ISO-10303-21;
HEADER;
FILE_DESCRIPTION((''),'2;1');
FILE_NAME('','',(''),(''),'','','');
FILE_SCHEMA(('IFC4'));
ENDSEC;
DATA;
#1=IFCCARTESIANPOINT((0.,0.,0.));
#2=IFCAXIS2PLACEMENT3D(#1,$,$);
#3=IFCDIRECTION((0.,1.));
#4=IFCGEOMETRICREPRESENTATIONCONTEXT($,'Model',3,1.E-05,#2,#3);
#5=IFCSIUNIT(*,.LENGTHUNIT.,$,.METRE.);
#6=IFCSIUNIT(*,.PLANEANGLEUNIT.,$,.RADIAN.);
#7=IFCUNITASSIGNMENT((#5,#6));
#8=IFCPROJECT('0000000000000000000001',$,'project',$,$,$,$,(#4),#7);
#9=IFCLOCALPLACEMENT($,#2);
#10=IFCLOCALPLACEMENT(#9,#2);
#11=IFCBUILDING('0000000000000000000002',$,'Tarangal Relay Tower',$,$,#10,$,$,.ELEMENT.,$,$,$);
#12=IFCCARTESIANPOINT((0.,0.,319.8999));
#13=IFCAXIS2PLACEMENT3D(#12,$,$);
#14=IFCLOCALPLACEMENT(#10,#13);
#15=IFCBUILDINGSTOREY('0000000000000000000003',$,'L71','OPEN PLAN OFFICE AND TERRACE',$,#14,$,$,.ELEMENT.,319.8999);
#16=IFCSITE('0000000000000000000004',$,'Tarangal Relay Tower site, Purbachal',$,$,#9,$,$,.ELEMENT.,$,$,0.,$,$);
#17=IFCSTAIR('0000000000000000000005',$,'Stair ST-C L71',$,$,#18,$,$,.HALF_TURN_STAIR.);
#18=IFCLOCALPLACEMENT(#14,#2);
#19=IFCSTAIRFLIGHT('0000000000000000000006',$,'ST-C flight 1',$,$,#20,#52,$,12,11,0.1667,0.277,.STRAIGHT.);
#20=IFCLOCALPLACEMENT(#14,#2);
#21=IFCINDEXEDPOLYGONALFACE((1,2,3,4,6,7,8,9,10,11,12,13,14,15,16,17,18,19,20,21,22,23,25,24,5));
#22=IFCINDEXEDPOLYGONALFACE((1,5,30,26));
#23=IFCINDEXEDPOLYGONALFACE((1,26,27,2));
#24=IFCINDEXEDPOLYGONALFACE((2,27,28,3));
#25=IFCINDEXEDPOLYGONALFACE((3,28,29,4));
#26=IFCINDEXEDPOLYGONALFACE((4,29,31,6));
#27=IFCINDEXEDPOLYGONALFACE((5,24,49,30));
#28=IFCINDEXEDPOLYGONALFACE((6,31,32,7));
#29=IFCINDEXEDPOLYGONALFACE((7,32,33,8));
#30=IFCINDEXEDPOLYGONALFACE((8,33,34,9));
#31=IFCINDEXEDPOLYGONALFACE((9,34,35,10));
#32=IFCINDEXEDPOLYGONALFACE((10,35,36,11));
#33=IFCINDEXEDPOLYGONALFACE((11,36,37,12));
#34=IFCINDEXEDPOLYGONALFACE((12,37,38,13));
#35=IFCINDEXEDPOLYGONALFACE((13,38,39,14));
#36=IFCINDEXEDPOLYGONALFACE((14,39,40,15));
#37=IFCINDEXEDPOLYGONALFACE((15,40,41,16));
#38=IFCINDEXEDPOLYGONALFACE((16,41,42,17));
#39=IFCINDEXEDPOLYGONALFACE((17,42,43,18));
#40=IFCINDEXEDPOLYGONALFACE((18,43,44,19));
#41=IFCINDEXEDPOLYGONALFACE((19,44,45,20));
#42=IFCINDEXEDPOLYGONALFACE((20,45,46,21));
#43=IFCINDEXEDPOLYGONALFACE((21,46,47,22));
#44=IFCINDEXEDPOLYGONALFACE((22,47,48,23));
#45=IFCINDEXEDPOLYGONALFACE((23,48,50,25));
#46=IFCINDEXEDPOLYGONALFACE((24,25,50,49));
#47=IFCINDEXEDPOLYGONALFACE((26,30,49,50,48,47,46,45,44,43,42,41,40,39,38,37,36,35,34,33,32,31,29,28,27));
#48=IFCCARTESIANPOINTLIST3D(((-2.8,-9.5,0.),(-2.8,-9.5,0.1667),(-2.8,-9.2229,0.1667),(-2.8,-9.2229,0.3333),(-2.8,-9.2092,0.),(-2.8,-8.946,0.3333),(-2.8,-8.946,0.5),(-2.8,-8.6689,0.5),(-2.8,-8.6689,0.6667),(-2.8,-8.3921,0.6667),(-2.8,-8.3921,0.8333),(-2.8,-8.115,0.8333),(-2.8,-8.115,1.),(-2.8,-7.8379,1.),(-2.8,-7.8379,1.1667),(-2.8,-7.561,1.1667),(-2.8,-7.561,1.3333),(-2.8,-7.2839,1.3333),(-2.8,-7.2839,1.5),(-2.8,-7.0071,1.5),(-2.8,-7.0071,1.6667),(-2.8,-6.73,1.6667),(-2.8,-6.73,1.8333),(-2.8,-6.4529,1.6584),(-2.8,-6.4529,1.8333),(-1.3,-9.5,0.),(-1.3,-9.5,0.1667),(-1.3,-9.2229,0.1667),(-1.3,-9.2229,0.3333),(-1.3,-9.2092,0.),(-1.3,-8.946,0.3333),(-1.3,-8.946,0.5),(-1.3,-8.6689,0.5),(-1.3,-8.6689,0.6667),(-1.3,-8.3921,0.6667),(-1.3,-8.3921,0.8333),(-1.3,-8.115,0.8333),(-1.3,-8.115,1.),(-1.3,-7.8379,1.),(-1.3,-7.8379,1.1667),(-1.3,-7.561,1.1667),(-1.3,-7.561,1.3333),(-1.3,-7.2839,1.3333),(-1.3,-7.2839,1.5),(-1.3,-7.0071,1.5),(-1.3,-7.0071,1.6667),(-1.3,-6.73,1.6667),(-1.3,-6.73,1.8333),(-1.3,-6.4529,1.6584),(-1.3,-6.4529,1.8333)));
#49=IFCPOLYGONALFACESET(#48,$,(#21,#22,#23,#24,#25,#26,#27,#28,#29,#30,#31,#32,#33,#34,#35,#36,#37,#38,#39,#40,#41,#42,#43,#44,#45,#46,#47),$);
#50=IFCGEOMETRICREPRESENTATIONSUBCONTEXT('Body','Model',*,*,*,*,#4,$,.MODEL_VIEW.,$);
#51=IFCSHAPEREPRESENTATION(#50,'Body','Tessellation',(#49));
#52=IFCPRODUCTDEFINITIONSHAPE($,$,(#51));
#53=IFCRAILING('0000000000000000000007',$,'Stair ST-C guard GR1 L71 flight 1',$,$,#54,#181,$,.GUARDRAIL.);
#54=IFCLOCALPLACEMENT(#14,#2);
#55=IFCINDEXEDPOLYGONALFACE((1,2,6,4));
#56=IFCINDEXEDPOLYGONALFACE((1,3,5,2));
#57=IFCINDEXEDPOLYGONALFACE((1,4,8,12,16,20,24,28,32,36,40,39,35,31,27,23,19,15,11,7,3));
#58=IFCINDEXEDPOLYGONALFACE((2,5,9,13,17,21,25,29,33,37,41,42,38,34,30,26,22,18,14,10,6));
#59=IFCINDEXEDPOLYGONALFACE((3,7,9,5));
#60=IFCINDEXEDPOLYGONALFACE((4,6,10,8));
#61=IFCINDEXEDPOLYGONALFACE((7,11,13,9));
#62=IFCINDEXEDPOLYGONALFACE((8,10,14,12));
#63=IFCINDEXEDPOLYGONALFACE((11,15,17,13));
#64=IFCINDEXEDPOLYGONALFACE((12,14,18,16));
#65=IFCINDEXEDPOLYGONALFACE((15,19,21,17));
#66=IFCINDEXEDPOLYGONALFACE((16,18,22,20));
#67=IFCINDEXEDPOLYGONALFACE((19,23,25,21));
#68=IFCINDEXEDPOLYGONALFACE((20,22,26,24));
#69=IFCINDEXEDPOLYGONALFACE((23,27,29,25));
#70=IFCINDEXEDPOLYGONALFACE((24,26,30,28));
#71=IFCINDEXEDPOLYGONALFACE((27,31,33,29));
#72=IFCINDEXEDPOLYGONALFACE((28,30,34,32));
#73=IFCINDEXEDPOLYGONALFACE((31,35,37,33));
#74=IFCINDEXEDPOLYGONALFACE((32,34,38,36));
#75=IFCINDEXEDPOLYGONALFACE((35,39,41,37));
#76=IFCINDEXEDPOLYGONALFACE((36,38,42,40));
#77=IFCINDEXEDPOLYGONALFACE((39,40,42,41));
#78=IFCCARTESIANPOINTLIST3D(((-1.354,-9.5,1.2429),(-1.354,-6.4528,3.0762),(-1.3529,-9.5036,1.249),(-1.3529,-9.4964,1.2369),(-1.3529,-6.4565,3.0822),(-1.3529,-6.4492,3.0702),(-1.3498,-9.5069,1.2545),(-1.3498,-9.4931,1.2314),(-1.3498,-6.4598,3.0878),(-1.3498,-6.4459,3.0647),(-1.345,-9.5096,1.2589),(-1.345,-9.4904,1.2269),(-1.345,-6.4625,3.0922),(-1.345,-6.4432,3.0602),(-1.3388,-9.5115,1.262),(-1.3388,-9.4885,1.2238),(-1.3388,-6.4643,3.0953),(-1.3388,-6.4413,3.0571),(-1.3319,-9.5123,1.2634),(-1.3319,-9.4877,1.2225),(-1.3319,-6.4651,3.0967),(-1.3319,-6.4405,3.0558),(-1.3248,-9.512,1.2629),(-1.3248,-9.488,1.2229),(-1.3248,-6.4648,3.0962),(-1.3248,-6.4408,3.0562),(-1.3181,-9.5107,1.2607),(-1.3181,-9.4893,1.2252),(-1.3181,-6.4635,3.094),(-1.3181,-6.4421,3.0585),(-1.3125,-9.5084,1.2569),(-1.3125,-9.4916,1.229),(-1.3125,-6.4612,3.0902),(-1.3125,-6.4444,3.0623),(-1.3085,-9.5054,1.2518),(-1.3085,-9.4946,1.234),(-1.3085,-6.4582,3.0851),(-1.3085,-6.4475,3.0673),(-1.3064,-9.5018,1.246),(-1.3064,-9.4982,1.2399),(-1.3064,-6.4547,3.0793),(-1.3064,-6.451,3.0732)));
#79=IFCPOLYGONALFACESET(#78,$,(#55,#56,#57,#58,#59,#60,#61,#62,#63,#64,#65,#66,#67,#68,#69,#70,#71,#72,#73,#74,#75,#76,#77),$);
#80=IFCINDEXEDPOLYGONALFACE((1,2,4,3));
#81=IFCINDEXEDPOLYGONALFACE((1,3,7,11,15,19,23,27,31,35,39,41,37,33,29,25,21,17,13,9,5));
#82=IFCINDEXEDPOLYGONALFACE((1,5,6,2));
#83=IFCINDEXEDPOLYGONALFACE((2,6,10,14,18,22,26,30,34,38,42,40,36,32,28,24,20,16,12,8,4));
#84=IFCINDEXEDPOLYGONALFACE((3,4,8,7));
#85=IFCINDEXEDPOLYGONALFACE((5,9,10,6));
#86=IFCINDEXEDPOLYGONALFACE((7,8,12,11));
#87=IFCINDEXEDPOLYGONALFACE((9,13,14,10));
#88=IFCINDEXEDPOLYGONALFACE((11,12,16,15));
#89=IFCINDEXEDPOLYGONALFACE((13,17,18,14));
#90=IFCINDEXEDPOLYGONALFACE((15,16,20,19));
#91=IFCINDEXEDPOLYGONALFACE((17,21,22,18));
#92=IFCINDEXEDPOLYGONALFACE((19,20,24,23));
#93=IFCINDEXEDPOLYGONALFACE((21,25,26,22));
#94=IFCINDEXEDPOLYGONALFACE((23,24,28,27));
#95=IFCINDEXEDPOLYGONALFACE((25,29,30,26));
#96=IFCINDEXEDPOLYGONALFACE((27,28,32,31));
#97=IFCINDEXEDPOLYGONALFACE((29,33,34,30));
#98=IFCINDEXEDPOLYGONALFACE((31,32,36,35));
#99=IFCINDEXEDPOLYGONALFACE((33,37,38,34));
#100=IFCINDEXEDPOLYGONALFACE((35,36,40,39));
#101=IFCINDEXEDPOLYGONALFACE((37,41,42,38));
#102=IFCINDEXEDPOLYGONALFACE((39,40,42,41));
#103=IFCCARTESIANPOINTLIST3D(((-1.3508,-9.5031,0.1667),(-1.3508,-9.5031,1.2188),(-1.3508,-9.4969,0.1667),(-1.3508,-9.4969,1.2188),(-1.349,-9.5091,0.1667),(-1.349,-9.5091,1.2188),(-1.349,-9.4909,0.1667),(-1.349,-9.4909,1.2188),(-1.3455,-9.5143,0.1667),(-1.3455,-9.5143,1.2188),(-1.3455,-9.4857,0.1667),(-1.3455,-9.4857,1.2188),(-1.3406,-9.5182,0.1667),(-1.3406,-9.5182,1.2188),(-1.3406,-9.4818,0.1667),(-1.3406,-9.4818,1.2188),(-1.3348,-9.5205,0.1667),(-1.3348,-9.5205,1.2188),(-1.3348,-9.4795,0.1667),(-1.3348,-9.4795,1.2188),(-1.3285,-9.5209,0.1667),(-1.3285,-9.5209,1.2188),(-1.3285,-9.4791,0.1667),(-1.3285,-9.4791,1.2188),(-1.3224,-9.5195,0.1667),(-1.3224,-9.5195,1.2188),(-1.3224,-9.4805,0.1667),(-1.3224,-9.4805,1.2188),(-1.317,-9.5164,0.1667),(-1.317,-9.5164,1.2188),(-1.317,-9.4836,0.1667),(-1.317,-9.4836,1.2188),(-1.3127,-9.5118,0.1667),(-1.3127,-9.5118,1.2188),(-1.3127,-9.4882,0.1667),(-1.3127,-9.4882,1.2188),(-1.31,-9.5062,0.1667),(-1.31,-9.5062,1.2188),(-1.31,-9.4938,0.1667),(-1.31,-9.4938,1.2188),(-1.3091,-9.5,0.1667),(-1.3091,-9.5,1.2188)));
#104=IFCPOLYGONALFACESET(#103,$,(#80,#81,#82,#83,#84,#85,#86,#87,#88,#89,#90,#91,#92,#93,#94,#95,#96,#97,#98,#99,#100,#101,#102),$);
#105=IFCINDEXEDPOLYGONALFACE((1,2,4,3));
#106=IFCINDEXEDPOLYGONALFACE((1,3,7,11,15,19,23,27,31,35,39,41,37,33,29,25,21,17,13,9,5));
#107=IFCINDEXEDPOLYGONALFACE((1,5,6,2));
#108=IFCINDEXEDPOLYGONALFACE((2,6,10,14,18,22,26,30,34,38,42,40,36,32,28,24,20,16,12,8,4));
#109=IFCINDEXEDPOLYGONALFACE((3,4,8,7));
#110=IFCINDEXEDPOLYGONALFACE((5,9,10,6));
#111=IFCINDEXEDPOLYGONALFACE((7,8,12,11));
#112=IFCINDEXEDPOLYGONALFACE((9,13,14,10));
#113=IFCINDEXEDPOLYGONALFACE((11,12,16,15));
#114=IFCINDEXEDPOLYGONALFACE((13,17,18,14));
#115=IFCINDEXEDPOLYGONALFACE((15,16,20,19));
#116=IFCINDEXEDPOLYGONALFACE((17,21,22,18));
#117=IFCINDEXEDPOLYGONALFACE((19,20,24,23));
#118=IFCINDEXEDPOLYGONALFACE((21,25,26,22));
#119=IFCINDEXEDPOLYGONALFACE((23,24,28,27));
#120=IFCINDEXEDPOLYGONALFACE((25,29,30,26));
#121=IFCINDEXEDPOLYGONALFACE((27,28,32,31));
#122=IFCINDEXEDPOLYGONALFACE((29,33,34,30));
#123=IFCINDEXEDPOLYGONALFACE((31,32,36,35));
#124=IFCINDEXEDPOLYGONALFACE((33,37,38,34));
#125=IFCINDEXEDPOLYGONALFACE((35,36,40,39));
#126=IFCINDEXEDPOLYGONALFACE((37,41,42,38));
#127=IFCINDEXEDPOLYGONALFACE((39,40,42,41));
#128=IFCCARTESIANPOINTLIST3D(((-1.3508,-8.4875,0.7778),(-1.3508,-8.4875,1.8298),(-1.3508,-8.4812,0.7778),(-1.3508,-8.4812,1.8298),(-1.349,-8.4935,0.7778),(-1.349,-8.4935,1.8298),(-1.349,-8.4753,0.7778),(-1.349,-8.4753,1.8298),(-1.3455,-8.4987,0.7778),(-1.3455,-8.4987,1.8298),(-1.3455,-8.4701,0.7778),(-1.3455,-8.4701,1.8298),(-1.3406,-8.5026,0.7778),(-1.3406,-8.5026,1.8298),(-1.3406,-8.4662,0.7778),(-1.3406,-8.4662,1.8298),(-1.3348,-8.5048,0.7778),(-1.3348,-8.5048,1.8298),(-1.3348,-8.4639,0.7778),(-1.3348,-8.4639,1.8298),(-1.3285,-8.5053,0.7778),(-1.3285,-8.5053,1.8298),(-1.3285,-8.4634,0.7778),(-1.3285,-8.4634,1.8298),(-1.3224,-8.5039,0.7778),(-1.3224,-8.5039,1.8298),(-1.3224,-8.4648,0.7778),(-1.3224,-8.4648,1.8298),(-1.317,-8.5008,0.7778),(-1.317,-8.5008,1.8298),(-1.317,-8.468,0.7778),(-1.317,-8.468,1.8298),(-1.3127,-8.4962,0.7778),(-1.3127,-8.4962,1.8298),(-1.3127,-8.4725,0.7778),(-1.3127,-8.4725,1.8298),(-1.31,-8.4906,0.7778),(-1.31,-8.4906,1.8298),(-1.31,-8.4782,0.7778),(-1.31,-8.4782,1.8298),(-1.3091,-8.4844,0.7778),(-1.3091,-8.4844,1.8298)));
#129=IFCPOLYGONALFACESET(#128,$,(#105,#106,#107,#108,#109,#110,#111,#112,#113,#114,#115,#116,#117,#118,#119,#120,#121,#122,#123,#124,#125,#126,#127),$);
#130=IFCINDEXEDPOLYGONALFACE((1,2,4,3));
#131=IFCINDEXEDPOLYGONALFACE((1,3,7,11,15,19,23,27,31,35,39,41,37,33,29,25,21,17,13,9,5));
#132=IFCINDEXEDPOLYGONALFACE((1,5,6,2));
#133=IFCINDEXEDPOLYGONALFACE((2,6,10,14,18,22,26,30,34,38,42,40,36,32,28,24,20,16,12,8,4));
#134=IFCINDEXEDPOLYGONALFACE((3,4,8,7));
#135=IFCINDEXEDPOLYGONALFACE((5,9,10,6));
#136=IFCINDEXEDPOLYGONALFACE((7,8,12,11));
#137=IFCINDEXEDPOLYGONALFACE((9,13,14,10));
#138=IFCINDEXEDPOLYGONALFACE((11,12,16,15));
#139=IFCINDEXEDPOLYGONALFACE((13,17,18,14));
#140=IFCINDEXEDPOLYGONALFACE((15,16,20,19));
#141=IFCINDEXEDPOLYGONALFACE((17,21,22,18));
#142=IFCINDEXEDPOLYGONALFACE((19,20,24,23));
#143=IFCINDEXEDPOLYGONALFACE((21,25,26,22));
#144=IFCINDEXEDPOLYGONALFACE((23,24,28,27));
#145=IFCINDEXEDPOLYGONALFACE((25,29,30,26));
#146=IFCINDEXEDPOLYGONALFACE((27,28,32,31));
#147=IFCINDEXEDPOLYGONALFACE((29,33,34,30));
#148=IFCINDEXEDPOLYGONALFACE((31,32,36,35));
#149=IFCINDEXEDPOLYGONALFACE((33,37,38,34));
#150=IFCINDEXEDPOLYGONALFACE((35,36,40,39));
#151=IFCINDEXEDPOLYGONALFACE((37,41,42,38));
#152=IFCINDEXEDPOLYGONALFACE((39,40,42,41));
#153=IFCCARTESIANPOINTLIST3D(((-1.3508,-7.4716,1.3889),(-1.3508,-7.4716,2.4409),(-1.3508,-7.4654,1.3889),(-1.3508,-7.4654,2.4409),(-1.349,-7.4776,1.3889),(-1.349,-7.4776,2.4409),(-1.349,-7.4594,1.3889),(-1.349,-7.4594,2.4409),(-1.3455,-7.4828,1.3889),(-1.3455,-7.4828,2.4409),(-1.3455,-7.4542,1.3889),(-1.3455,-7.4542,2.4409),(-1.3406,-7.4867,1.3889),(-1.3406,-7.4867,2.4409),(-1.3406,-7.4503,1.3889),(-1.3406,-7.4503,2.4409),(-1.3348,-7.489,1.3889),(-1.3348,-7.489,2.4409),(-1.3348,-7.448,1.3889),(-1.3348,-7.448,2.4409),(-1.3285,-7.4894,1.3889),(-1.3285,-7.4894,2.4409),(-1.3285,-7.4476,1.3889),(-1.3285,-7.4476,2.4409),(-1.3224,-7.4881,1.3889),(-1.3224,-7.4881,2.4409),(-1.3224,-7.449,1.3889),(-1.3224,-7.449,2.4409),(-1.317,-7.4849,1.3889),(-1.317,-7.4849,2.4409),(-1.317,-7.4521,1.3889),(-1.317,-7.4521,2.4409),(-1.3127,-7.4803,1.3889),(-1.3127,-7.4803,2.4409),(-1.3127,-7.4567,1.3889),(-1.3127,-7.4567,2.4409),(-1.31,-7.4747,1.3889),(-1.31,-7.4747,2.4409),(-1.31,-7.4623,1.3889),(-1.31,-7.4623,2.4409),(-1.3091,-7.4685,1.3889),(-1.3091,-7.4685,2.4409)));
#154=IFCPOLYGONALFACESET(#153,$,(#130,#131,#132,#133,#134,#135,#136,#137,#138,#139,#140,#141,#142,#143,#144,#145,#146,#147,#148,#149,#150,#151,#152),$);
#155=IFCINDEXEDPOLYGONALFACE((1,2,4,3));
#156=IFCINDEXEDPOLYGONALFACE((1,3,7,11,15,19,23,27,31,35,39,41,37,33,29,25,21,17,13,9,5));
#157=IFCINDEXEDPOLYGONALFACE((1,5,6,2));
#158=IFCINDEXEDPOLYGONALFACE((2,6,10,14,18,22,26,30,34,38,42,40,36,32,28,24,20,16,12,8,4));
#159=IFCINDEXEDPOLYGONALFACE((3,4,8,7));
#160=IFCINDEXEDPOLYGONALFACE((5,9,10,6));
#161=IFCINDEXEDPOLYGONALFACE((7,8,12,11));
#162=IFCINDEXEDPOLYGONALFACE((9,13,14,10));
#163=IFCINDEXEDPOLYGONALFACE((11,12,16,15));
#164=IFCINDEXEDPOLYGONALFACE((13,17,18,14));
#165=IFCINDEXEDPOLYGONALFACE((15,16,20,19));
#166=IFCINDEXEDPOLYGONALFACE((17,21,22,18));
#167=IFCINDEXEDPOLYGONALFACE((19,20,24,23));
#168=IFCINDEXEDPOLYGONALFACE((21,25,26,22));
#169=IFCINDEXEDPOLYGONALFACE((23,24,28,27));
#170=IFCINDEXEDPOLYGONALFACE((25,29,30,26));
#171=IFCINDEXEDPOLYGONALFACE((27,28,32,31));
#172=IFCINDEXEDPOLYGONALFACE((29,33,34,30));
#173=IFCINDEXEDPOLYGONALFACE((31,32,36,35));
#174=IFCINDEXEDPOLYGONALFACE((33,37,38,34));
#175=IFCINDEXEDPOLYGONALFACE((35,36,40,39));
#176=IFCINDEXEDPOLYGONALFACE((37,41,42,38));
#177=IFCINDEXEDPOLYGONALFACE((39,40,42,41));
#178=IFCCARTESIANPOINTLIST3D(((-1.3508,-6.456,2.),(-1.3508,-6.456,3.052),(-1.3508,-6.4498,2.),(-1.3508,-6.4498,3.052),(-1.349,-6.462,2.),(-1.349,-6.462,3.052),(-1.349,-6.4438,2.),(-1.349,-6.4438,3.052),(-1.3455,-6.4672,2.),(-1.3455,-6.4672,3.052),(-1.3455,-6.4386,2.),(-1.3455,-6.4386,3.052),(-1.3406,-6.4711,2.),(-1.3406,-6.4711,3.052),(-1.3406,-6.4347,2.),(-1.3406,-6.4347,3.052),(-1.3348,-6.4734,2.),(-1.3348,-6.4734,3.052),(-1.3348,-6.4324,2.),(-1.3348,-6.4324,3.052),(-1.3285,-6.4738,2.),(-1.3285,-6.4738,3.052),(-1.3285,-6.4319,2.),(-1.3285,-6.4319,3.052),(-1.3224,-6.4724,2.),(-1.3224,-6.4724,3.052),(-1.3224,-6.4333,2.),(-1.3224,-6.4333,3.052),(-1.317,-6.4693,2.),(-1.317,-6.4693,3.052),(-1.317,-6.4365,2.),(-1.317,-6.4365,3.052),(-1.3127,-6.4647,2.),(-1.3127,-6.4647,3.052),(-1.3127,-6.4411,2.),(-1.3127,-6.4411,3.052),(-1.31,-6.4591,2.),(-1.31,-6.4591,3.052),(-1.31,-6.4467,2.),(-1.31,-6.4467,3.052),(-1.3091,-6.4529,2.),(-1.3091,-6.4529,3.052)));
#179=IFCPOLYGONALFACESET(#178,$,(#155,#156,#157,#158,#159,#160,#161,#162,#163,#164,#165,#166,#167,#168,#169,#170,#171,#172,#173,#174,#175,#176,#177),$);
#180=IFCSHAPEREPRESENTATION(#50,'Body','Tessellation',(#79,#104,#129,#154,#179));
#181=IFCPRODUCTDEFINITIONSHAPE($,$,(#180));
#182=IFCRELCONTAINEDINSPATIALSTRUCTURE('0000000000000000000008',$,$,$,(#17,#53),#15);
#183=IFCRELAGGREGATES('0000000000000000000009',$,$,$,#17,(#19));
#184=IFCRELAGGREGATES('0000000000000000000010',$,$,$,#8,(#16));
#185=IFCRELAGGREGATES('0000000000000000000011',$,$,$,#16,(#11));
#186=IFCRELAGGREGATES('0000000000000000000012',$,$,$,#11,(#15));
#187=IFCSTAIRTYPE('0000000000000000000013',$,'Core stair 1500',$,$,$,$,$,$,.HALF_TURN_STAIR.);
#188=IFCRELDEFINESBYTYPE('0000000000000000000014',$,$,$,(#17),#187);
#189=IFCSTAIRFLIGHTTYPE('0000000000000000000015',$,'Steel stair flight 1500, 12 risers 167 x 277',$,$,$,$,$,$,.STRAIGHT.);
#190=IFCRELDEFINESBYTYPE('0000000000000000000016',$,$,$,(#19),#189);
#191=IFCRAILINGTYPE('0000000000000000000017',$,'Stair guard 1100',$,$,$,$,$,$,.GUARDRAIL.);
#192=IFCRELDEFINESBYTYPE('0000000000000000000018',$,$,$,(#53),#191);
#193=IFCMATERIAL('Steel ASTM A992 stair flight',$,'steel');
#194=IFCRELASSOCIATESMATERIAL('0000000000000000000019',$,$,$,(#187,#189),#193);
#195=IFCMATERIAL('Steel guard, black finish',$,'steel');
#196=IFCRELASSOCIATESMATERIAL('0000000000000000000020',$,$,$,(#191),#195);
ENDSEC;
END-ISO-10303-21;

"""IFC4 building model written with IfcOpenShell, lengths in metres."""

from ifc_helpers import new_model, si_unit, direction, frame, origin, origin_2d, place, context, subcontext, project, spatial, polyline, circle, outline, extrude, material, type_object, element, aggregate, save


model = new_model("IFC4")

# Units and contexts
model_context = context("Model", 3, precision=1e-05, world=origin(), true_north=direction((0.0, 1.0)))
body_context = subcontext(model_context, "Body", "Model", "MODEL_VIEW")
ifc_project = project(units=[si_unit("LENGTHUNIT", "METRE"), si_unit("PLANEANGLEUNIT", "RADIAN")], contexts=[model_context])

# Site, building, storey
site_placement = place(None, origin())
site = spatial("IfcSite", under=ifc_project, at=site_placement, Name="Tarangal Relay Tower site, Purbachal", CompositionType="ELEMENT", RefElevation=0.0)
building_placement = place(site_placement, origin())
building = spatial("IfcBuilding", under=site, at=building_placement, Name="Tarangal Relay Tower", CompositionType="ELEMENT")
storey_placement = place(building_placement, frame((0.0, 0.0, 319.8999)))
storey = spatial("IfcBuildingStorey", under=building, at=storey_placement, Name="L71", Description="OPEN PLAN OFFICE AND TERRACE", CompositionType="ELEMENT", Elevation=319.8999)

# Stair, stair flight
ifc_material_1 = material(Name="Steel ASTM A992 stair flight", Category="steel")
stair_type = type_object("IfcStairType", Name="Core stair 1500", PredefinedType="HALF_TURN_STAIR", material=ifc_material_1)
stair_placement = place(storey_placement, origin())
stair = element("IfcStair", 1, at=stair_placement, inside=storey, type_object=stair_type, Name="Stair ST-C L71", PredefinedType="HALF_TURN_STAIR")
stair_flight_type = type_object("IfcStairFlightType", Name="Steel stair flight 1500, 12 risers 167 x 277", PredefinedType="STRAIGHT", material=ifc_material_1)
stair_flight_placement = place(storey_placement, frame((-2.05, -9.5, 0.0), z_axis=(0.0, 0.0, 1.0), x_axis=(0.0, 1.0, 0.0)))
stair_flight = element("IfcStairFlight", 2, at=stair_flight_placement, type_object=stair_flight_type, Name="ST-C flight 1", NumberOfRisers=12, NumberOfTreads=11, PredefinedType="STRAIGHT", RiserHeight=0.1667, TreadLength=0.277, context=body_context, shape_type="SweptSolid", body=[
    extrude(outline(polyline([(0.0, 0.0), (0.0, 0.1667), (0.2771, 0.1667), (0.2771, 0.3333), (0.554, 0.3333), (0.554, 0.5), (0.8311, 0.5), (0.8311, 0.6667), (1.1079, 0.6667), (1.1079, 0.8333), (1.385, 0.8333), (1.385, 1.0), (1.6621, 1.0), (1.6621, 1.1667), (1.939, 1.1667), (1.939, 1.3333), (2.2161, 1.3333), (2.2161, 1.5), (2.4929, 1.5), (2.4929, 1.6667), (2.77, 1.6667), (2.77, 1.8333), (3.0471, 1.8333), (3.0471, 2.0), (3.0471, 1.6584), (0.2908, 0.0), (0.0, 0.0)])), frame((0.0, 0.75, 0.0), z_axis=(0.0, -1.0, 0.0), x_axis=(1.0, 0.0, 0.0)), (0.0, 0.0, 1.0), 1.5),
])
aggregate(stair, [stair_flight])

# Railing
ifc_material_2 = material(Name="Steel guard, black finish", Category="steel")
railing_type_1 = type_object("IfcRailingType", Name="Stair guard 1100", PredefinedType="GUARDRAIL", material=ifc_material_2)
railing_1_placement = place(storey_placement, frame((-1.3301, -9.5, 0.1667)))
element("IfcRailing", 3, at=railing_1_placement, inside=storey, type_object=railing_type_1, Name="Stair ST-C guard GR1 L71 flight 1", PredefinedType="GUARDRAIL", context=body_context, shape_type="SweptSolid", body=[
    extrude(circle(Radius=0.0239, at=origin_2d()), frame((0.0, 0.0, 1.0762), z_axis=(0.0, 0.856874, 0.515525), x_axis=(-1.0, 0.0, 0.0)), (0.0, 0.0, 1.0), 3.5562),
    extrude(circle(Radius=0.021, at=origin_2d()), origin(), (0.0, 0.0, 1.0), 1.052),
    extrude(circle(Radius=0.021, at=origin_2d()), frame((0.0, 1.0156, 0.6111)), (0.0, 0.0, 1.0), 1.052),
    extrude(circle(Radius=0.021, at=origin_2d()), frame((0.0, 2.0315, 1.2222)), (0.0, 0.0, 1.0), 1.052),
    extrude(circle(Radius=0.021, at=origin_2d()), frame((0.0, 3.0471, 1.8333)), (0.0, 0.0, 1.0), 1.052),
])

save(model, "model.ifc")
